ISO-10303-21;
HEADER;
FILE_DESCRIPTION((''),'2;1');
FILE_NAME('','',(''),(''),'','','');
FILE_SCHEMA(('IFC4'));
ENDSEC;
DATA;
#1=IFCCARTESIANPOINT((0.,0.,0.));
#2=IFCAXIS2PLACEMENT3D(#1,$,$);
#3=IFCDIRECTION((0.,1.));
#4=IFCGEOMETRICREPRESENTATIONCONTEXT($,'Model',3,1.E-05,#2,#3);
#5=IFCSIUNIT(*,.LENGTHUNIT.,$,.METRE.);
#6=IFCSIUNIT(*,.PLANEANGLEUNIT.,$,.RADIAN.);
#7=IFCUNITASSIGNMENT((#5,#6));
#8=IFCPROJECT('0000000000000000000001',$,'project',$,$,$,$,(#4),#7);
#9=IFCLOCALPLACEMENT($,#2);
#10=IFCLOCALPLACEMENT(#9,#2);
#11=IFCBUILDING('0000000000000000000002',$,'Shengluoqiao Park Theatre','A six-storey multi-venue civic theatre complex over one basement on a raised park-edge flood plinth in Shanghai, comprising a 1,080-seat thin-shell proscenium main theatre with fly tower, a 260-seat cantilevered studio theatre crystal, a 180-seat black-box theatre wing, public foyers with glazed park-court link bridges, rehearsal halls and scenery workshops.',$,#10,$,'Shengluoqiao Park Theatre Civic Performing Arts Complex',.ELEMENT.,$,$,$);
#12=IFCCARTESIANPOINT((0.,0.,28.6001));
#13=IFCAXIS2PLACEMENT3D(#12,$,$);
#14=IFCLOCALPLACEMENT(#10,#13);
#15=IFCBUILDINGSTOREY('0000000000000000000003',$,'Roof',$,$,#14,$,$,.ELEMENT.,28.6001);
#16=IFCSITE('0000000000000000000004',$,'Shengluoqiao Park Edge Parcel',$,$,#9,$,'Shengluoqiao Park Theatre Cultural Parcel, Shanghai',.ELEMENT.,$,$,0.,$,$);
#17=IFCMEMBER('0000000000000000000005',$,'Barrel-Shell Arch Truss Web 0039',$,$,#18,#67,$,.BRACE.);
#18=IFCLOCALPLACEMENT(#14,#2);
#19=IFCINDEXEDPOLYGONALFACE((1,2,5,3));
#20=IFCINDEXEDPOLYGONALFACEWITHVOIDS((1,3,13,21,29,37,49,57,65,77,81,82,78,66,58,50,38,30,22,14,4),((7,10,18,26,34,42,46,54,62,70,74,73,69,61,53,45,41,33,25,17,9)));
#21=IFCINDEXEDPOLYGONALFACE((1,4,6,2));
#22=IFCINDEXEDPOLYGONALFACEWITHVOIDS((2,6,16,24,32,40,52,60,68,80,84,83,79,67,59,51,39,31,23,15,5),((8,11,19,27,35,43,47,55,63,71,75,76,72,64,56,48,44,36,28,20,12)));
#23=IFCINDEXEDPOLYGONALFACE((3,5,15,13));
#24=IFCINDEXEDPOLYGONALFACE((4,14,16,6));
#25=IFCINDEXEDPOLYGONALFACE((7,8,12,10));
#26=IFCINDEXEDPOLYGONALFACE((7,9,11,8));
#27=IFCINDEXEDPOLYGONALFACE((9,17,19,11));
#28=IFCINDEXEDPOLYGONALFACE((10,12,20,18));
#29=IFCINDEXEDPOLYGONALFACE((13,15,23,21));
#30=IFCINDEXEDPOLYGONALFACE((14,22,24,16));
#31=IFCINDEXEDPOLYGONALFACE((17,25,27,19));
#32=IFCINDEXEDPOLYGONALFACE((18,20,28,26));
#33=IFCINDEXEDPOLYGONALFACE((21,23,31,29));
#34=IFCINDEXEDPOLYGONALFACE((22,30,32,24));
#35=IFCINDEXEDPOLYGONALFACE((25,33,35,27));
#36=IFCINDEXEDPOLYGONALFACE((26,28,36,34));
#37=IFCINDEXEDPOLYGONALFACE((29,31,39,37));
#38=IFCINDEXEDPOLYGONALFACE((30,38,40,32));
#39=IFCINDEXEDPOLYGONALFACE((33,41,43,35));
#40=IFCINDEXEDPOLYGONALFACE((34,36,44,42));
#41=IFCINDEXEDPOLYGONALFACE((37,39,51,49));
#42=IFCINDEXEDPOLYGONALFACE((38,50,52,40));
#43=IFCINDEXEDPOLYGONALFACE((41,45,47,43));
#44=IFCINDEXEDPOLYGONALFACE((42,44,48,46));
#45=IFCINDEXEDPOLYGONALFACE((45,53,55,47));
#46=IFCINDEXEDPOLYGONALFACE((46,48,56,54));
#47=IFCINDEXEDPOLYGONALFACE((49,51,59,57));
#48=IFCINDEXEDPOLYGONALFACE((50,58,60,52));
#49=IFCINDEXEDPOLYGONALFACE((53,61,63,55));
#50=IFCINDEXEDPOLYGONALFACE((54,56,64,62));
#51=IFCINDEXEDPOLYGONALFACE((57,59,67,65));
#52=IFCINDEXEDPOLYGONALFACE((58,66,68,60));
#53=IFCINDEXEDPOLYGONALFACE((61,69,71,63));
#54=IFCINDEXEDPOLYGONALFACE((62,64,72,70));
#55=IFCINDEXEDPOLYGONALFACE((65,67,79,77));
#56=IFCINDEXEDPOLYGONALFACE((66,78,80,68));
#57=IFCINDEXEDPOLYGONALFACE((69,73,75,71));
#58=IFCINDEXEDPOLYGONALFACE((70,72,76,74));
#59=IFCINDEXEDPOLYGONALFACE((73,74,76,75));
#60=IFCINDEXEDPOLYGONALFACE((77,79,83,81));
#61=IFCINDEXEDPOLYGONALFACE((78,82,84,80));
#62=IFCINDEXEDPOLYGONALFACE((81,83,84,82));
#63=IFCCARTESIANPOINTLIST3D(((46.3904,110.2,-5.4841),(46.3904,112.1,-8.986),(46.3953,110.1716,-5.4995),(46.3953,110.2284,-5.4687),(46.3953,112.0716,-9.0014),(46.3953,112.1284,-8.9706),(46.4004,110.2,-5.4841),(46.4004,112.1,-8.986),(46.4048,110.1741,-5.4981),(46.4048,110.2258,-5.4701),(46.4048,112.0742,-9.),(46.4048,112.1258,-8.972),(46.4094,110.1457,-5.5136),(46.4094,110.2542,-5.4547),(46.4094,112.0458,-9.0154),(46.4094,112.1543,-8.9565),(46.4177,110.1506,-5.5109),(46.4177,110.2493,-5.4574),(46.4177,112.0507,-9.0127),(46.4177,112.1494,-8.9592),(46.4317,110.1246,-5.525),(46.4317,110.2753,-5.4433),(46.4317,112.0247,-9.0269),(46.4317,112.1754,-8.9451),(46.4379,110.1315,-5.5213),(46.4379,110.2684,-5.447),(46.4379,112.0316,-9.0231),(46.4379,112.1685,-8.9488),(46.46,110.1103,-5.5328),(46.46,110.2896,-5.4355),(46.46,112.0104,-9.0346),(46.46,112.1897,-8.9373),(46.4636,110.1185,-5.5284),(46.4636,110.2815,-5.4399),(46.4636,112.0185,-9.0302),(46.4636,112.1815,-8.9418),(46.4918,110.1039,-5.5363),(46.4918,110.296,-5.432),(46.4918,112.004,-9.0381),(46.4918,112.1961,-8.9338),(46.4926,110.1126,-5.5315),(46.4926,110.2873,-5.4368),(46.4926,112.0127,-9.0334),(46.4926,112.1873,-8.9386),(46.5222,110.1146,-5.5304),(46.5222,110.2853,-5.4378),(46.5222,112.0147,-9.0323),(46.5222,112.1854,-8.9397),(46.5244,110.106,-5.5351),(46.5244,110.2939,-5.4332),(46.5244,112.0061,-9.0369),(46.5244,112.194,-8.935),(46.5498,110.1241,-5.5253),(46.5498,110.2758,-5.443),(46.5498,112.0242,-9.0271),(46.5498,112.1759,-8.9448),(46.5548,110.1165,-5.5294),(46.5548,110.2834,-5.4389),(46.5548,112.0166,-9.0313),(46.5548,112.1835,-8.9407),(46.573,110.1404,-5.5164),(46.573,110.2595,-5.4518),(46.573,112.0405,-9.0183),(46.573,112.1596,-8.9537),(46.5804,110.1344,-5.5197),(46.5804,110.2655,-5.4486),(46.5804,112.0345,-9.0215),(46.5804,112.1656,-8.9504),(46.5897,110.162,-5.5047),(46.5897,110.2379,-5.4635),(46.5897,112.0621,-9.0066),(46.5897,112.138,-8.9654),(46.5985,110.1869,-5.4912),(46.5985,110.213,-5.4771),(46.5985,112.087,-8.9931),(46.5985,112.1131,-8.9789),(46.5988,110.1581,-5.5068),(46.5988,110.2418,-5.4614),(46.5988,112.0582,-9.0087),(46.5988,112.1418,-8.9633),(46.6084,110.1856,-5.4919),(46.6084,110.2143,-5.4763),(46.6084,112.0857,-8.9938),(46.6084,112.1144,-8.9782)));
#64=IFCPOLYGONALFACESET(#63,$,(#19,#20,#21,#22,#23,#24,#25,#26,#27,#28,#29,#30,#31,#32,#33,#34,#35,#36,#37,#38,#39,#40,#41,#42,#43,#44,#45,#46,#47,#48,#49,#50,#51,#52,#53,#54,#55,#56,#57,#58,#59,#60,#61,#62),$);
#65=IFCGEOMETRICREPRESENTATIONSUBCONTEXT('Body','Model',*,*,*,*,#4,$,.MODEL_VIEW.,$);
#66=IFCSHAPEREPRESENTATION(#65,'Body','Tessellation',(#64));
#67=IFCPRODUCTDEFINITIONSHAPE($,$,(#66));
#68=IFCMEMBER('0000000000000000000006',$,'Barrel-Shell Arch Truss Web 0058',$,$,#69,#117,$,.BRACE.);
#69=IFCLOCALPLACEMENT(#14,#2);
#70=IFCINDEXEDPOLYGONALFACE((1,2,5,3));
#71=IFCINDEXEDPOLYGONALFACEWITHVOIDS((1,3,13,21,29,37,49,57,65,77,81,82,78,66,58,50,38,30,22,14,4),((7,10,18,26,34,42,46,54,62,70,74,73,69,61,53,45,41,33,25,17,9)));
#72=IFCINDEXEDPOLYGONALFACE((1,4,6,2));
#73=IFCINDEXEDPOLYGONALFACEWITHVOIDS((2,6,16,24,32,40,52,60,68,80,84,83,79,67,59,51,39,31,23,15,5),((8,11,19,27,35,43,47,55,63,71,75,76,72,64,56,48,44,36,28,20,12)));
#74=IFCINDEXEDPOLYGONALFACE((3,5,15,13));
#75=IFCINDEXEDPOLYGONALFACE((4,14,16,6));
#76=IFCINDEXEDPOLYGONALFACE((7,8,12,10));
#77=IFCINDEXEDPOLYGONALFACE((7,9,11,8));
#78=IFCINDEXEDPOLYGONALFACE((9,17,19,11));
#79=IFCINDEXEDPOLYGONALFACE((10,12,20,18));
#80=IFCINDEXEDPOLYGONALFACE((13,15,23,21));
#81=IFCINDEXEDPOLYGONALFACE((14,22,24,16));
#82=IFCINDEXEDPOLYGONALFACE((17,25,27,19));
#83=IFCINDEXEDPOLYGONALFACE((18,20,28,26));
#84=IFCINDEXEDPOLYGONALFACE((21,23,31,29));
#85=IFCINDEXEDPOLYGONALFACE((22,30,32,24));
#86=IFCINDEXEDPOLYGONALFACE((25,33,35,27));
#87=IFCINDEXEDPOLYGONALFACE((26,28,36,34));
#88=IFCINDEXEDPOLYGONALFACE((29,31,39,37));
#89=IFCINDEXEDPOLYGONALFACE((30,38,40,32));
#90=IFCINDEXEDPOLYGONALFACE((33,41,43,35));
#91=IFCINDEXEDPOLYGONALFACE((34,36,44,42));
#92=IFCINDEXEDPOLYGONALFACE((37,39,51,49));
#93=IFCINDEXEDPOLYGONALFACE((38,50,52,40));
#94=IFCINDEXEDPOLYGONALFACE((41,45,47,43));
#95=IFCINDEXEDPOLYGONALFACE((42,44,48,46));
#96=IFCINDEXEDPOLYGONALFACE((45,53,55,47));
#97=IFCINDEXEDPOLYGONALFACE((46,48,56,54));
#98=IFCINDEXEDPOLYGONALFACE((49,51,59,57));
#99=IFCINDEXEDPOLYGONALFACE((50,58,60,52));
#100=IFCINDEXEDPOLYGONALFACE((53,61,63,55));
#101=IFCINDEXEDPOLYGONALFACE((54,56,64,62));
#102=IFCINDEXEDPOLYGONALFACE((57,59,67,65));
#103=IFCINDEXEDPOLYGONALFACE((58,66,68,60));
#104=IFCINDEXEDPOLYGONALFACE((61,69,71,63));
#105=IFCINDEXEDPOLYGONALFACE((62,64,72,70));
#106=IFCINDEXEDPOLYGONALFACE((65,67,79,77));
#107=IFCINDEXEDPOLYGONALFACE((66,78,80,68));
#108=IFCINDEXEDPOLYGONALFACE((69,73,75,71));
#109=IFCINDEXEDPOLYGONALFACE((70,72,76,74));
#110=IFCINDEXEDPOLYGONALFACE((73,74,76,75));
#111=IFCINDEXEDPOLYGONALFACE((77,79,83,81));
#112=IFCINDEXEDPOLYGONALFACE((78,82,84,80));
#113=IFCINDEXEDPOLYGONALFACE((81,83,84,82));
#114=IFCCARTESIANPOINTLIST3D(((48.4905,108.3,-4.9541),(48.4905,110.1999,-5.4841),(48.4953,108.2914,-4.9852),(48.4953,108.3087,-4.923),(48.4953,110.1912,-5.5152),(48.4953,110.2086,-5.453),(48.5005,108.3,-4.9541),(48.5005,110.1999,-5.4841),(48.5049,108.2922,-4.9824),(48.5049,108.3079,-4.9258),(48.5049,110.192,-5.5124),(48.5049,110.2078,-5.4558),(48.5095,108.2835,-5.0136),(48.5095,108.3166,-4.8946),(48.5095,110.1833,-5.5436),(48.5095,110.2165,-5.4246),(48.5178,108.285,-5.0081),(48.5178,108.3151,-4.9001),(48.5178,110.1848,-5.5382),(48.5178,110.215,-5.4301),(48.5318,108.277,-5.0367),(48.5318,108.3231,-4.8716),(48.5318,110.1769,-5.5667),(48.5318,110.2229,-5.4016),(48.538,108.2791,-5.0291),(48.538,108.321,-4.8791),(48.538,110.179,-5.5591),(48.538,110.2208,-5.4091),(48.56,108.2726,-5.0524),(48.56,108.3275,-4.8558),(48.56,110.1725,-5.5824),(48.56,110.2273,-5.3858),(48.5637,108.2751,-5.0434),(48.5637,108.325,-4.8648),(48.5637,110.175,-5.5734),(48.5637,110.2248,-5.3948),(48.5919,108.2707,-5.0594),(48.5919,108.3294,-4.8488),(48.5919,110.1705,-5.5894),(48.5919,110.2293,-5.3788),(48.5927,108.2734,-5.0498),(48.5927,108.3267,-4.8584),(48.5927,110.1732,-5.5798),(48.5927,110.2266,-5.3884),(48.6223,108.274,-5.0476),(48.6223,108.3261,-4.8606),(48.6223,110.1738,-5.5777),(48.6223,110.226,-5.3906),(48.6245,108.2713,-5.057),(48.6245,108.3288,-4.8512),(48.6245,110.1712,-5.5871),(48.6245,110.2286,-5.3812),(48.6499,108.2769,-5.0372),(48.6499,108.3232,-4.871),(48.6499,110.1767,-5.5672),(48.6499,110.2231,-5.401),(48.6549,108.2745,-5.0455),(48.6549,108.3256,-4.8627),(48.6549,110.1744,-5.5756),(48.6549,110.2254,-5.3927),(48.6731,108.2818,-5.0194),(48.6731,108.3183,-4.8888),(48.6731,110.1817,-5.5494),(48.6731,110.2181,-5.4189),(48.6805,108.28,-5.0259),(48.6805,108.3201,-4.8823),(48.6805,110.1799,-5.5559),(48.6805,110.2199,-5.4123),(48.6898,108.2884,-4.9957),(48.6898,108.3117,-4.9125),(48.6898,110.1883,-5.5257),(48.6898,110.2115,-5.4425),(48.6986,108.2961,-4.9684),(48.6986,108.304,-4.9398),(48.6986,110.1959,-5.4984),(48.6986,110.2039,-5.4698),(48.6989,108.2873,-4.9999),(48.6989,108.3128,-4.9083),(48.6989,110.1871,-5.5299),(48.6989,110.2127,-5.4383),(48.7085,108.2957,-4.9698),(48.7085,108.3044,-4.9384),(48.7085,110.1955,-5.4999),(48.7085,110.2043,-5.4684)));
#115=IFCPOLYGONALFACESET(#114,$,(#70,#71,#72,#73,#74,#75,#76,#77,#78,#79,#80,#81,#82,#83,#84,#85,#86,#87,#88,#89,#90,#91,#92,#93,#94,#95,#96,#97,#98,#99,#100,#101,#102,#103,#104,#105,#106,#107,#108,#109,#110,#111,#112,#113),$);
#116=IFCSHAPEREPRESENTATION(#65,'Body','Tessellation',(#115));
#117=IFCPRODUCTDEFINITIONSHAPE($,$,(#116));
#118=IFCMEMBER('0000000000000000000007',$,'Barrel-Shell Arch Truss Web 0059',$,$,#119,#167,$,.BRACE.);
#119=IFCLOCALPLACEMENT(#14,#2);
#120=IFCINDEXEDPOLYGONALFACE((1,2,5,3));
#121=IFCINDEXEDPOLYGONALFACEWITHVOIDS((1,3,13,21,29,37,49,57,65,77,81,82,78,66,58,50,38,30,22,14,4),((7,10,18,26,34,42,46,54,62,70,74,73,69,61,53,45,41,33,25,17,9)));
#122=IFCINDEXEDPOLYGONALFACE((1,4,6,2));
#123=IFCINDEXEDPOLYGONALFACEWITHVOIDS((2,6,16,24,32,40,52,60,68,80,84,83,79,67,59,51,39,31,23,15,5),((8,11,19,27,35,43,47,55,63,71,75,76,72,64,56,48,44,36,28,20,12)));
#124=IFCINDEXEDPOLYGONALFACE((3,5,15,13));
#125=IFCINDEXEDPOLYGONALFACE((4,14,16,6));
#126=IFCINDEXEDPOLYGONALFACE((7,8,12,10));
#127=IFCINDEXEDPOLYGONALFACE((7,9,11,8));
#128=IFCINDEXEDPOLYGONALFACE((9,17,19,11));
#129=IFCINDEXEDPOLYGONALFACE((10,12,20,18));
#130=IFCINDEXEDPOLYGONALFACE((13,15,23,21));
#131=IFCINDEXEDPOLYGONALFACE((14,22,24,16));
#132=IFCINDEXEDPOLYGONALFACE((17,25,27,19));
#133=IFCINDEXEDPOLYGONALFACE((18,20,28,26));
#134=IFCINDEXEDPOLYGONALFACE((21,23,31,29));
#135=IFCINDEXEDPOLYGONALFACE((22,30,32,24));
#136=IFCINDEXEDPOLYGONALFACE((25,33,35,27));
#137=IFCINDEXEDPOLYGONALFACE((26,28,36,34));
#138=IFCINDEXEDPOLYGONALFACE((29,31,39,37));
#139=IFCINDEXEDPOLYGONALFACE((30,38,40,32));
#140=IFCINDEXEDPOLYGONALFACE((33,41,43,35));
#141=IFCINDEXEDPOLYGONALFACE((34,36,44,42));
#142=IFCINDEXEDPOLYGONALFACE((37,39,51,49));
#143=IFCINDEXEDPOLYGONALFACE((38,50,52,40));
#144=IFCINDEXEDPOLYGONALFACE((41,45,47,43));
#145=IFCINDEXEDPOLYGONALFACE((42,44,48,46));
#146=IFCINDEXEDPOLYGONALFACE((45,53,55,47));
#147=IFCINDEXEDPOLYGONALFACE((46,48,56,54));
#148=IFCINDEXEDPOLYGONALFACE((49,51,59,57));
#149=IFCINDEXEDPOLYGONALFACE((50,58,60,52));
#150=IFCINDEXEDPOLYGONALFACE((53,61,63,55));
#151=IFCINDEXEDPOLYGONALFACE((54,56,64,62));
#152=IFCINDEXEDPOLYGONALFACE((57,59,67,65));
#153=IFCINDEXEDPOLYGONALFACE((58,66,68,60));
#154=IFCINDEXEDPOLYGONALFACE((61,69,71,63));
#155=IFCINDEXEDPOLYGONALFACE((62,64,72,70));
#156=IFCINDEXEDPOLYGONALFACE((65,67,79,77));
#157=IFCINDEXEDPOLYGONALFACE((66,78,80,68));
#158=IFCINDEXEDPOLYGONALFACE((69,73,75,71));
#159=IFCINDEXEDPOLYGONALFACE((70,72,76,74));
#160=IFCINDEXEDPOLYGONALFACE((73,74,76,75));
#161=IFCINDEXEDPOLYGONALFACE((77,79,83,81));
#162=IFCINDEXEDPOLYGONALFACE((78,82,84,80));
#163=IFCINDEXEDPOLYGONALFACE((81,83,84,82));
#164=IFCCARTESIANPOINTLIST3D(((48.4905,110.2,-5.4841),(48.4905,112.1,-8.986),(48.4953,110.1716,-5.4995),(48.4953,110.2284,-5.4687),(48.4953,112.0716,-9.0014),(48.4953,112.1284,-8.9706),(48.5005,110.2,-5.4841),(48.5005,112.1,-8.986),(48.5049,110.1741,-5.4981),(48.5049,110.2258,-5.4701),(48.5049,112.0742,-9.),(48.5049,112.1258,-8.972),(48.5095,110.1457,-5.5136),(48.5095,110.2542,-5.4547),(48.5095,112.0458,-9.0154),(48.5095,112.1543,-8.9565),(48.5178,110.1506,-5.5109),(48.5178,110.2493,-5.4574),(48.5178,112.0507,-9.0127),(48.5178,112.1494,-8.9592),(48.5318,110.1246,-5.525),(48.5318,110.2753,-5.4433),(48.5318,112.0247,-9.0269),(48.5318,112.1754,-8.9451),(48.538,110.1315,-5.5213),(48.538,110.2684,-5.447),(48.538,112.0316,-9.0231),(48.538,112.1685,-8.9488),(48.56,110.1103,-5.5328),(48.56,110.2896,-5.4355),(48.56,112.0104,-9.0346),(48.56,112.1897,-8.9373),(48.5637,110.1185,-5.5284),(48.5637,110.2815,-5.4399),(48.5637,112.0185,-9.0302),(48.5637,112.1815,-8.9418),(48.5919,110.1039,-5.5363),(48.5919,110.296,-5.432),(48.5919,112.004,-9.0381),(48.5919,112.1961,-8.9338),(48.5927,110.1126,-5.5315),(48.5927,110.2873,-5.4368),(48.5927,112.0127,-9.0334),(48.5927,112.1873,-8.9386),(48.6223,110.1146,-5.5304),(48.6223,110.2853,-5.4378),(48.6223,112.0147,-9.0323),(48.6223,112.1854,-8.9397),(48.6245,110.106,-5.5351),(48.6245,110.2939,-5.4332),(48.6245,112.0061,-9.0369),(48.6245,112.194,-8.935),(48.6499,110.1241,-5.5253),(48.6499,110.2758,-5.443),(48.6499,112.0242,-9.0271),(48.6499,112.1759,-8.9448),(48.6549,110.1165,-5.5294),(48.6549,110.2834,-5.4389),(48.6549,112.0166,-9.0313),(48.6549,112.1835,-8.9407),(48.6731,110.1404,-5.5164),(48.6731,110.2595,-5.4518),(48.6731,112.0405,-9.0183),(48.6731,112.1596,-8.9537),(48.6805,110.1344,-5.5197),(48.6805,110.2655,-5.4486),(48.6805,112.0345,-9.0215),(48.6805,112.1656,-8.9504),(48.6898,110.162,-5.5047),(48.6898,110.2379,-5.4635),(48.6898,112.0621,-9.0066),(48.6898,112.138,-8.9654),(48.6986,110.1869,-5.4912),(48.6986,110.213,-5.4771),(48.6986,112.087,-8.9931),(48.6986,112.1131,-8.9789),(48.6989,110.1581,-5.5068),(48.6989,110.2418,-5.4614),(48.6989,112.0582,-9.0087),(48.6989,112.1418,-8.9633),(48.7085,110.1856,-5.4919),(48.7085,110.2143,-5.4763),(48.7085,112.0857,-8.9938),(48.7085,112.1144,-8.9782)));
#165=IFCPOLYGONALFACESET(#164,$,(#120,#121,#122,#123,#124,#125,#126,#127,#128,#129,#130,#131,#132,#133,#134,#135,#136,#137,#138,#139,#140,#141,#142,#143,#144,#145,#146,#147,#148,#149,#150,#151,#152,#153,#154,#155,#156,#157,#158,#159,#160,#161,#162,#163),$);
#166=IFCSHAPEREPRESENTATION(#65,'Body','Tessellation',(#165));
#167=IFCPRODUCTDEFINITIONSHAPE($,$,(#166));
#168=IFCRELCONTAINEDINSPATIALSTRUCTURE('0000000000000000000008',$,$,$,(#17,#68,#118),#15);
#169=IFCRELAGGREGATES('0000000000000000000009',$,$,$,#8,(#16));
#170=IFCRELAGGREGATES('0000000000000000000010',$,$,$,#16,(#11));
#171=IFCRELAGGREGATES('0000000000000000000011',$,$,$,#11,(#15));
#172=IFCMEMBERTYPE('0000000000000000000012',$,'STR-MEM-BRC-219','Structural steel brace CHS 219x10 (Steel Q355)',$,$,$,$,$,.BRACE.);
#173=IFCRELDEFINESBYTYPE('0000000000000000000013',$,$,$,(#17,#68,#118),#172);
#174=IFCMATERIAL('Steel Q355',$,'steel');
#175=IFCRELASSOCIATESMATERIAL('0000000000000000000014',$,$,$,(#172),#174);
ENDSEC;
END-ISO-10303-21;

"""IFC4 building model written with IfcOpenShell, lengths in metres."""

from ifc_helpers import new_model, si_unit, direction, frame, origin, origin_2d, place, context, subcontext, project, spatial, hollow_circle, extrude, material, material_profile, profile_set, type_object, element, save


model = new_model("IFC4")

# Units and contexts
model_context = context("Model", 3, precision=1e-05, world=origin(), true_north=direction((0.0, 1.0)))
body_context = subcontext(model_context, "Body", "Model", "MODEL_VIEW")
ifc_project = project(units=[si_unit("LENGTHUNIT", "METRE"), si_unit("PLANEANGLEUNIT", "RADIAN")], contexts=[model_context])

# Site, building, storey
site_placement = place(None, origin())
site = spatial("IfcSite", under=ifc_project, at=site_placement, Name="Shengluoqiao Park Edge Parcel", LongName="Shengluoqiao Park Theatre Cultural Parcel, Shanghai", CompositionType="ELEMENT", RefElevation=0.0)
building_placement = place(site_placement, origin())
building = spatial("IfcBuilding", under=site, at=building_placement, Name="Shengluoqiao Park Theatre", Description="A six-storey multi-venue civic theatre complex over one basement on a raised park-edge flood plinth in Shanghai, comprising a 1,080-seat thin-shell proscenium main theatre with fly tower, a 260-seat cantilevered studio theatre crystal, a 180-seat black-box theatre wing, public foyers with glazed park-court link bridges, rehearsal halls and scenery workshops.", LongName="Shengluoqiao Park Theatre Civic Performing Arts Complex", CompositionType="ELEMENT")
storey_placement = place(building_placement, frame((0.0, 0.0, 28.6001)))
storey = spatial("IfcBuildingStorey", under=building, at=storey_placement, Name="Roof", CompositionType="ELEMENT", Elevation=28.6001)

# Shared definitions
ifc_material_1 = material(Name="Steel Q355", Category="steel")

# Members
ifc_material_profile_1 = material_profile(ifc_material_1, hollow_circle(Radius=0.1096, WallThickness=0.01, at=origin_2d()), Name="CHS 219x10")
ifc_profile_set_1 = profile_set([ifc_material_profile_1], Name="Steel Q355")
member_type_1 = type_object("IfcMemberType", Name="STR-MEM-BRC-219", Description="Structural steel brace CHS 219x10 (Steel Q355)", PredefinedType="BRACE", material=ifc_profile_set_1)
member_1_placement = place(storey_placement, frame((46.5, 110.2, -5.4841), z_axis=(0.0, 0.476915, -0.87895), x_axis=(-1.0, 0.0, 0.0)))
element("IfcMember", 1, at=member_1_placement, inside=storey, type_object=member_type_1, Name="Barrel-Shell Arch Truss Web 0039", PredefinedType="BRACE", context=body_context, shape_type="SweptSolid", body=[
    extrude(hollow_circle(Radius=0.1096, WallThickness=0.01, at=origin_2d()), origin(), (0.0, 0.0, 1.0), 3.9841),
])
member_2_placement = place(storey_placement, frame((48.6001, 108.3, -4.9541), z_axis=(0.0, 0.963219, -0.268716), x_axis=(-1.0, 0.0, 0.0)))
element("IfcMember", 2, at=member_2_placement, inside=storey, type_object=member_type_1, Name="Barrel-Shell Arch Truss Web 0058", PredefinedType="BRACE", context=body_context, shape_type="SweptSolid", body=[
    extrude(hollow_circle(Radius=0.1096, WallThickness=0.01, at=origin_2d()), origin(), (0.0, 0.0, 1.0), 1.9724),
])
member_3_placement = place(storey_placement, frame((48.6001, 110.2, -5.4841), z_axis=(0.0, 0.476915, -0.87895), x_axis=(-1.0, 0.0, 0.0)))
element("IfcMember", 3, at=member_3_placement, inside=storey, type_object=member_type_1, Name="Barrel-Shell Arch Truss Web 0059", PredefinedType="BRACE", context=body_context, shape_type="SweptSolid", body=[
    extrude(hollow_circle(Radius=0.1096, WallThickness=0.01, at=origin_2d()), origin(), (0.0, 0.0, 1.0), 3.9841),
])

save(model, "model.ifc")
